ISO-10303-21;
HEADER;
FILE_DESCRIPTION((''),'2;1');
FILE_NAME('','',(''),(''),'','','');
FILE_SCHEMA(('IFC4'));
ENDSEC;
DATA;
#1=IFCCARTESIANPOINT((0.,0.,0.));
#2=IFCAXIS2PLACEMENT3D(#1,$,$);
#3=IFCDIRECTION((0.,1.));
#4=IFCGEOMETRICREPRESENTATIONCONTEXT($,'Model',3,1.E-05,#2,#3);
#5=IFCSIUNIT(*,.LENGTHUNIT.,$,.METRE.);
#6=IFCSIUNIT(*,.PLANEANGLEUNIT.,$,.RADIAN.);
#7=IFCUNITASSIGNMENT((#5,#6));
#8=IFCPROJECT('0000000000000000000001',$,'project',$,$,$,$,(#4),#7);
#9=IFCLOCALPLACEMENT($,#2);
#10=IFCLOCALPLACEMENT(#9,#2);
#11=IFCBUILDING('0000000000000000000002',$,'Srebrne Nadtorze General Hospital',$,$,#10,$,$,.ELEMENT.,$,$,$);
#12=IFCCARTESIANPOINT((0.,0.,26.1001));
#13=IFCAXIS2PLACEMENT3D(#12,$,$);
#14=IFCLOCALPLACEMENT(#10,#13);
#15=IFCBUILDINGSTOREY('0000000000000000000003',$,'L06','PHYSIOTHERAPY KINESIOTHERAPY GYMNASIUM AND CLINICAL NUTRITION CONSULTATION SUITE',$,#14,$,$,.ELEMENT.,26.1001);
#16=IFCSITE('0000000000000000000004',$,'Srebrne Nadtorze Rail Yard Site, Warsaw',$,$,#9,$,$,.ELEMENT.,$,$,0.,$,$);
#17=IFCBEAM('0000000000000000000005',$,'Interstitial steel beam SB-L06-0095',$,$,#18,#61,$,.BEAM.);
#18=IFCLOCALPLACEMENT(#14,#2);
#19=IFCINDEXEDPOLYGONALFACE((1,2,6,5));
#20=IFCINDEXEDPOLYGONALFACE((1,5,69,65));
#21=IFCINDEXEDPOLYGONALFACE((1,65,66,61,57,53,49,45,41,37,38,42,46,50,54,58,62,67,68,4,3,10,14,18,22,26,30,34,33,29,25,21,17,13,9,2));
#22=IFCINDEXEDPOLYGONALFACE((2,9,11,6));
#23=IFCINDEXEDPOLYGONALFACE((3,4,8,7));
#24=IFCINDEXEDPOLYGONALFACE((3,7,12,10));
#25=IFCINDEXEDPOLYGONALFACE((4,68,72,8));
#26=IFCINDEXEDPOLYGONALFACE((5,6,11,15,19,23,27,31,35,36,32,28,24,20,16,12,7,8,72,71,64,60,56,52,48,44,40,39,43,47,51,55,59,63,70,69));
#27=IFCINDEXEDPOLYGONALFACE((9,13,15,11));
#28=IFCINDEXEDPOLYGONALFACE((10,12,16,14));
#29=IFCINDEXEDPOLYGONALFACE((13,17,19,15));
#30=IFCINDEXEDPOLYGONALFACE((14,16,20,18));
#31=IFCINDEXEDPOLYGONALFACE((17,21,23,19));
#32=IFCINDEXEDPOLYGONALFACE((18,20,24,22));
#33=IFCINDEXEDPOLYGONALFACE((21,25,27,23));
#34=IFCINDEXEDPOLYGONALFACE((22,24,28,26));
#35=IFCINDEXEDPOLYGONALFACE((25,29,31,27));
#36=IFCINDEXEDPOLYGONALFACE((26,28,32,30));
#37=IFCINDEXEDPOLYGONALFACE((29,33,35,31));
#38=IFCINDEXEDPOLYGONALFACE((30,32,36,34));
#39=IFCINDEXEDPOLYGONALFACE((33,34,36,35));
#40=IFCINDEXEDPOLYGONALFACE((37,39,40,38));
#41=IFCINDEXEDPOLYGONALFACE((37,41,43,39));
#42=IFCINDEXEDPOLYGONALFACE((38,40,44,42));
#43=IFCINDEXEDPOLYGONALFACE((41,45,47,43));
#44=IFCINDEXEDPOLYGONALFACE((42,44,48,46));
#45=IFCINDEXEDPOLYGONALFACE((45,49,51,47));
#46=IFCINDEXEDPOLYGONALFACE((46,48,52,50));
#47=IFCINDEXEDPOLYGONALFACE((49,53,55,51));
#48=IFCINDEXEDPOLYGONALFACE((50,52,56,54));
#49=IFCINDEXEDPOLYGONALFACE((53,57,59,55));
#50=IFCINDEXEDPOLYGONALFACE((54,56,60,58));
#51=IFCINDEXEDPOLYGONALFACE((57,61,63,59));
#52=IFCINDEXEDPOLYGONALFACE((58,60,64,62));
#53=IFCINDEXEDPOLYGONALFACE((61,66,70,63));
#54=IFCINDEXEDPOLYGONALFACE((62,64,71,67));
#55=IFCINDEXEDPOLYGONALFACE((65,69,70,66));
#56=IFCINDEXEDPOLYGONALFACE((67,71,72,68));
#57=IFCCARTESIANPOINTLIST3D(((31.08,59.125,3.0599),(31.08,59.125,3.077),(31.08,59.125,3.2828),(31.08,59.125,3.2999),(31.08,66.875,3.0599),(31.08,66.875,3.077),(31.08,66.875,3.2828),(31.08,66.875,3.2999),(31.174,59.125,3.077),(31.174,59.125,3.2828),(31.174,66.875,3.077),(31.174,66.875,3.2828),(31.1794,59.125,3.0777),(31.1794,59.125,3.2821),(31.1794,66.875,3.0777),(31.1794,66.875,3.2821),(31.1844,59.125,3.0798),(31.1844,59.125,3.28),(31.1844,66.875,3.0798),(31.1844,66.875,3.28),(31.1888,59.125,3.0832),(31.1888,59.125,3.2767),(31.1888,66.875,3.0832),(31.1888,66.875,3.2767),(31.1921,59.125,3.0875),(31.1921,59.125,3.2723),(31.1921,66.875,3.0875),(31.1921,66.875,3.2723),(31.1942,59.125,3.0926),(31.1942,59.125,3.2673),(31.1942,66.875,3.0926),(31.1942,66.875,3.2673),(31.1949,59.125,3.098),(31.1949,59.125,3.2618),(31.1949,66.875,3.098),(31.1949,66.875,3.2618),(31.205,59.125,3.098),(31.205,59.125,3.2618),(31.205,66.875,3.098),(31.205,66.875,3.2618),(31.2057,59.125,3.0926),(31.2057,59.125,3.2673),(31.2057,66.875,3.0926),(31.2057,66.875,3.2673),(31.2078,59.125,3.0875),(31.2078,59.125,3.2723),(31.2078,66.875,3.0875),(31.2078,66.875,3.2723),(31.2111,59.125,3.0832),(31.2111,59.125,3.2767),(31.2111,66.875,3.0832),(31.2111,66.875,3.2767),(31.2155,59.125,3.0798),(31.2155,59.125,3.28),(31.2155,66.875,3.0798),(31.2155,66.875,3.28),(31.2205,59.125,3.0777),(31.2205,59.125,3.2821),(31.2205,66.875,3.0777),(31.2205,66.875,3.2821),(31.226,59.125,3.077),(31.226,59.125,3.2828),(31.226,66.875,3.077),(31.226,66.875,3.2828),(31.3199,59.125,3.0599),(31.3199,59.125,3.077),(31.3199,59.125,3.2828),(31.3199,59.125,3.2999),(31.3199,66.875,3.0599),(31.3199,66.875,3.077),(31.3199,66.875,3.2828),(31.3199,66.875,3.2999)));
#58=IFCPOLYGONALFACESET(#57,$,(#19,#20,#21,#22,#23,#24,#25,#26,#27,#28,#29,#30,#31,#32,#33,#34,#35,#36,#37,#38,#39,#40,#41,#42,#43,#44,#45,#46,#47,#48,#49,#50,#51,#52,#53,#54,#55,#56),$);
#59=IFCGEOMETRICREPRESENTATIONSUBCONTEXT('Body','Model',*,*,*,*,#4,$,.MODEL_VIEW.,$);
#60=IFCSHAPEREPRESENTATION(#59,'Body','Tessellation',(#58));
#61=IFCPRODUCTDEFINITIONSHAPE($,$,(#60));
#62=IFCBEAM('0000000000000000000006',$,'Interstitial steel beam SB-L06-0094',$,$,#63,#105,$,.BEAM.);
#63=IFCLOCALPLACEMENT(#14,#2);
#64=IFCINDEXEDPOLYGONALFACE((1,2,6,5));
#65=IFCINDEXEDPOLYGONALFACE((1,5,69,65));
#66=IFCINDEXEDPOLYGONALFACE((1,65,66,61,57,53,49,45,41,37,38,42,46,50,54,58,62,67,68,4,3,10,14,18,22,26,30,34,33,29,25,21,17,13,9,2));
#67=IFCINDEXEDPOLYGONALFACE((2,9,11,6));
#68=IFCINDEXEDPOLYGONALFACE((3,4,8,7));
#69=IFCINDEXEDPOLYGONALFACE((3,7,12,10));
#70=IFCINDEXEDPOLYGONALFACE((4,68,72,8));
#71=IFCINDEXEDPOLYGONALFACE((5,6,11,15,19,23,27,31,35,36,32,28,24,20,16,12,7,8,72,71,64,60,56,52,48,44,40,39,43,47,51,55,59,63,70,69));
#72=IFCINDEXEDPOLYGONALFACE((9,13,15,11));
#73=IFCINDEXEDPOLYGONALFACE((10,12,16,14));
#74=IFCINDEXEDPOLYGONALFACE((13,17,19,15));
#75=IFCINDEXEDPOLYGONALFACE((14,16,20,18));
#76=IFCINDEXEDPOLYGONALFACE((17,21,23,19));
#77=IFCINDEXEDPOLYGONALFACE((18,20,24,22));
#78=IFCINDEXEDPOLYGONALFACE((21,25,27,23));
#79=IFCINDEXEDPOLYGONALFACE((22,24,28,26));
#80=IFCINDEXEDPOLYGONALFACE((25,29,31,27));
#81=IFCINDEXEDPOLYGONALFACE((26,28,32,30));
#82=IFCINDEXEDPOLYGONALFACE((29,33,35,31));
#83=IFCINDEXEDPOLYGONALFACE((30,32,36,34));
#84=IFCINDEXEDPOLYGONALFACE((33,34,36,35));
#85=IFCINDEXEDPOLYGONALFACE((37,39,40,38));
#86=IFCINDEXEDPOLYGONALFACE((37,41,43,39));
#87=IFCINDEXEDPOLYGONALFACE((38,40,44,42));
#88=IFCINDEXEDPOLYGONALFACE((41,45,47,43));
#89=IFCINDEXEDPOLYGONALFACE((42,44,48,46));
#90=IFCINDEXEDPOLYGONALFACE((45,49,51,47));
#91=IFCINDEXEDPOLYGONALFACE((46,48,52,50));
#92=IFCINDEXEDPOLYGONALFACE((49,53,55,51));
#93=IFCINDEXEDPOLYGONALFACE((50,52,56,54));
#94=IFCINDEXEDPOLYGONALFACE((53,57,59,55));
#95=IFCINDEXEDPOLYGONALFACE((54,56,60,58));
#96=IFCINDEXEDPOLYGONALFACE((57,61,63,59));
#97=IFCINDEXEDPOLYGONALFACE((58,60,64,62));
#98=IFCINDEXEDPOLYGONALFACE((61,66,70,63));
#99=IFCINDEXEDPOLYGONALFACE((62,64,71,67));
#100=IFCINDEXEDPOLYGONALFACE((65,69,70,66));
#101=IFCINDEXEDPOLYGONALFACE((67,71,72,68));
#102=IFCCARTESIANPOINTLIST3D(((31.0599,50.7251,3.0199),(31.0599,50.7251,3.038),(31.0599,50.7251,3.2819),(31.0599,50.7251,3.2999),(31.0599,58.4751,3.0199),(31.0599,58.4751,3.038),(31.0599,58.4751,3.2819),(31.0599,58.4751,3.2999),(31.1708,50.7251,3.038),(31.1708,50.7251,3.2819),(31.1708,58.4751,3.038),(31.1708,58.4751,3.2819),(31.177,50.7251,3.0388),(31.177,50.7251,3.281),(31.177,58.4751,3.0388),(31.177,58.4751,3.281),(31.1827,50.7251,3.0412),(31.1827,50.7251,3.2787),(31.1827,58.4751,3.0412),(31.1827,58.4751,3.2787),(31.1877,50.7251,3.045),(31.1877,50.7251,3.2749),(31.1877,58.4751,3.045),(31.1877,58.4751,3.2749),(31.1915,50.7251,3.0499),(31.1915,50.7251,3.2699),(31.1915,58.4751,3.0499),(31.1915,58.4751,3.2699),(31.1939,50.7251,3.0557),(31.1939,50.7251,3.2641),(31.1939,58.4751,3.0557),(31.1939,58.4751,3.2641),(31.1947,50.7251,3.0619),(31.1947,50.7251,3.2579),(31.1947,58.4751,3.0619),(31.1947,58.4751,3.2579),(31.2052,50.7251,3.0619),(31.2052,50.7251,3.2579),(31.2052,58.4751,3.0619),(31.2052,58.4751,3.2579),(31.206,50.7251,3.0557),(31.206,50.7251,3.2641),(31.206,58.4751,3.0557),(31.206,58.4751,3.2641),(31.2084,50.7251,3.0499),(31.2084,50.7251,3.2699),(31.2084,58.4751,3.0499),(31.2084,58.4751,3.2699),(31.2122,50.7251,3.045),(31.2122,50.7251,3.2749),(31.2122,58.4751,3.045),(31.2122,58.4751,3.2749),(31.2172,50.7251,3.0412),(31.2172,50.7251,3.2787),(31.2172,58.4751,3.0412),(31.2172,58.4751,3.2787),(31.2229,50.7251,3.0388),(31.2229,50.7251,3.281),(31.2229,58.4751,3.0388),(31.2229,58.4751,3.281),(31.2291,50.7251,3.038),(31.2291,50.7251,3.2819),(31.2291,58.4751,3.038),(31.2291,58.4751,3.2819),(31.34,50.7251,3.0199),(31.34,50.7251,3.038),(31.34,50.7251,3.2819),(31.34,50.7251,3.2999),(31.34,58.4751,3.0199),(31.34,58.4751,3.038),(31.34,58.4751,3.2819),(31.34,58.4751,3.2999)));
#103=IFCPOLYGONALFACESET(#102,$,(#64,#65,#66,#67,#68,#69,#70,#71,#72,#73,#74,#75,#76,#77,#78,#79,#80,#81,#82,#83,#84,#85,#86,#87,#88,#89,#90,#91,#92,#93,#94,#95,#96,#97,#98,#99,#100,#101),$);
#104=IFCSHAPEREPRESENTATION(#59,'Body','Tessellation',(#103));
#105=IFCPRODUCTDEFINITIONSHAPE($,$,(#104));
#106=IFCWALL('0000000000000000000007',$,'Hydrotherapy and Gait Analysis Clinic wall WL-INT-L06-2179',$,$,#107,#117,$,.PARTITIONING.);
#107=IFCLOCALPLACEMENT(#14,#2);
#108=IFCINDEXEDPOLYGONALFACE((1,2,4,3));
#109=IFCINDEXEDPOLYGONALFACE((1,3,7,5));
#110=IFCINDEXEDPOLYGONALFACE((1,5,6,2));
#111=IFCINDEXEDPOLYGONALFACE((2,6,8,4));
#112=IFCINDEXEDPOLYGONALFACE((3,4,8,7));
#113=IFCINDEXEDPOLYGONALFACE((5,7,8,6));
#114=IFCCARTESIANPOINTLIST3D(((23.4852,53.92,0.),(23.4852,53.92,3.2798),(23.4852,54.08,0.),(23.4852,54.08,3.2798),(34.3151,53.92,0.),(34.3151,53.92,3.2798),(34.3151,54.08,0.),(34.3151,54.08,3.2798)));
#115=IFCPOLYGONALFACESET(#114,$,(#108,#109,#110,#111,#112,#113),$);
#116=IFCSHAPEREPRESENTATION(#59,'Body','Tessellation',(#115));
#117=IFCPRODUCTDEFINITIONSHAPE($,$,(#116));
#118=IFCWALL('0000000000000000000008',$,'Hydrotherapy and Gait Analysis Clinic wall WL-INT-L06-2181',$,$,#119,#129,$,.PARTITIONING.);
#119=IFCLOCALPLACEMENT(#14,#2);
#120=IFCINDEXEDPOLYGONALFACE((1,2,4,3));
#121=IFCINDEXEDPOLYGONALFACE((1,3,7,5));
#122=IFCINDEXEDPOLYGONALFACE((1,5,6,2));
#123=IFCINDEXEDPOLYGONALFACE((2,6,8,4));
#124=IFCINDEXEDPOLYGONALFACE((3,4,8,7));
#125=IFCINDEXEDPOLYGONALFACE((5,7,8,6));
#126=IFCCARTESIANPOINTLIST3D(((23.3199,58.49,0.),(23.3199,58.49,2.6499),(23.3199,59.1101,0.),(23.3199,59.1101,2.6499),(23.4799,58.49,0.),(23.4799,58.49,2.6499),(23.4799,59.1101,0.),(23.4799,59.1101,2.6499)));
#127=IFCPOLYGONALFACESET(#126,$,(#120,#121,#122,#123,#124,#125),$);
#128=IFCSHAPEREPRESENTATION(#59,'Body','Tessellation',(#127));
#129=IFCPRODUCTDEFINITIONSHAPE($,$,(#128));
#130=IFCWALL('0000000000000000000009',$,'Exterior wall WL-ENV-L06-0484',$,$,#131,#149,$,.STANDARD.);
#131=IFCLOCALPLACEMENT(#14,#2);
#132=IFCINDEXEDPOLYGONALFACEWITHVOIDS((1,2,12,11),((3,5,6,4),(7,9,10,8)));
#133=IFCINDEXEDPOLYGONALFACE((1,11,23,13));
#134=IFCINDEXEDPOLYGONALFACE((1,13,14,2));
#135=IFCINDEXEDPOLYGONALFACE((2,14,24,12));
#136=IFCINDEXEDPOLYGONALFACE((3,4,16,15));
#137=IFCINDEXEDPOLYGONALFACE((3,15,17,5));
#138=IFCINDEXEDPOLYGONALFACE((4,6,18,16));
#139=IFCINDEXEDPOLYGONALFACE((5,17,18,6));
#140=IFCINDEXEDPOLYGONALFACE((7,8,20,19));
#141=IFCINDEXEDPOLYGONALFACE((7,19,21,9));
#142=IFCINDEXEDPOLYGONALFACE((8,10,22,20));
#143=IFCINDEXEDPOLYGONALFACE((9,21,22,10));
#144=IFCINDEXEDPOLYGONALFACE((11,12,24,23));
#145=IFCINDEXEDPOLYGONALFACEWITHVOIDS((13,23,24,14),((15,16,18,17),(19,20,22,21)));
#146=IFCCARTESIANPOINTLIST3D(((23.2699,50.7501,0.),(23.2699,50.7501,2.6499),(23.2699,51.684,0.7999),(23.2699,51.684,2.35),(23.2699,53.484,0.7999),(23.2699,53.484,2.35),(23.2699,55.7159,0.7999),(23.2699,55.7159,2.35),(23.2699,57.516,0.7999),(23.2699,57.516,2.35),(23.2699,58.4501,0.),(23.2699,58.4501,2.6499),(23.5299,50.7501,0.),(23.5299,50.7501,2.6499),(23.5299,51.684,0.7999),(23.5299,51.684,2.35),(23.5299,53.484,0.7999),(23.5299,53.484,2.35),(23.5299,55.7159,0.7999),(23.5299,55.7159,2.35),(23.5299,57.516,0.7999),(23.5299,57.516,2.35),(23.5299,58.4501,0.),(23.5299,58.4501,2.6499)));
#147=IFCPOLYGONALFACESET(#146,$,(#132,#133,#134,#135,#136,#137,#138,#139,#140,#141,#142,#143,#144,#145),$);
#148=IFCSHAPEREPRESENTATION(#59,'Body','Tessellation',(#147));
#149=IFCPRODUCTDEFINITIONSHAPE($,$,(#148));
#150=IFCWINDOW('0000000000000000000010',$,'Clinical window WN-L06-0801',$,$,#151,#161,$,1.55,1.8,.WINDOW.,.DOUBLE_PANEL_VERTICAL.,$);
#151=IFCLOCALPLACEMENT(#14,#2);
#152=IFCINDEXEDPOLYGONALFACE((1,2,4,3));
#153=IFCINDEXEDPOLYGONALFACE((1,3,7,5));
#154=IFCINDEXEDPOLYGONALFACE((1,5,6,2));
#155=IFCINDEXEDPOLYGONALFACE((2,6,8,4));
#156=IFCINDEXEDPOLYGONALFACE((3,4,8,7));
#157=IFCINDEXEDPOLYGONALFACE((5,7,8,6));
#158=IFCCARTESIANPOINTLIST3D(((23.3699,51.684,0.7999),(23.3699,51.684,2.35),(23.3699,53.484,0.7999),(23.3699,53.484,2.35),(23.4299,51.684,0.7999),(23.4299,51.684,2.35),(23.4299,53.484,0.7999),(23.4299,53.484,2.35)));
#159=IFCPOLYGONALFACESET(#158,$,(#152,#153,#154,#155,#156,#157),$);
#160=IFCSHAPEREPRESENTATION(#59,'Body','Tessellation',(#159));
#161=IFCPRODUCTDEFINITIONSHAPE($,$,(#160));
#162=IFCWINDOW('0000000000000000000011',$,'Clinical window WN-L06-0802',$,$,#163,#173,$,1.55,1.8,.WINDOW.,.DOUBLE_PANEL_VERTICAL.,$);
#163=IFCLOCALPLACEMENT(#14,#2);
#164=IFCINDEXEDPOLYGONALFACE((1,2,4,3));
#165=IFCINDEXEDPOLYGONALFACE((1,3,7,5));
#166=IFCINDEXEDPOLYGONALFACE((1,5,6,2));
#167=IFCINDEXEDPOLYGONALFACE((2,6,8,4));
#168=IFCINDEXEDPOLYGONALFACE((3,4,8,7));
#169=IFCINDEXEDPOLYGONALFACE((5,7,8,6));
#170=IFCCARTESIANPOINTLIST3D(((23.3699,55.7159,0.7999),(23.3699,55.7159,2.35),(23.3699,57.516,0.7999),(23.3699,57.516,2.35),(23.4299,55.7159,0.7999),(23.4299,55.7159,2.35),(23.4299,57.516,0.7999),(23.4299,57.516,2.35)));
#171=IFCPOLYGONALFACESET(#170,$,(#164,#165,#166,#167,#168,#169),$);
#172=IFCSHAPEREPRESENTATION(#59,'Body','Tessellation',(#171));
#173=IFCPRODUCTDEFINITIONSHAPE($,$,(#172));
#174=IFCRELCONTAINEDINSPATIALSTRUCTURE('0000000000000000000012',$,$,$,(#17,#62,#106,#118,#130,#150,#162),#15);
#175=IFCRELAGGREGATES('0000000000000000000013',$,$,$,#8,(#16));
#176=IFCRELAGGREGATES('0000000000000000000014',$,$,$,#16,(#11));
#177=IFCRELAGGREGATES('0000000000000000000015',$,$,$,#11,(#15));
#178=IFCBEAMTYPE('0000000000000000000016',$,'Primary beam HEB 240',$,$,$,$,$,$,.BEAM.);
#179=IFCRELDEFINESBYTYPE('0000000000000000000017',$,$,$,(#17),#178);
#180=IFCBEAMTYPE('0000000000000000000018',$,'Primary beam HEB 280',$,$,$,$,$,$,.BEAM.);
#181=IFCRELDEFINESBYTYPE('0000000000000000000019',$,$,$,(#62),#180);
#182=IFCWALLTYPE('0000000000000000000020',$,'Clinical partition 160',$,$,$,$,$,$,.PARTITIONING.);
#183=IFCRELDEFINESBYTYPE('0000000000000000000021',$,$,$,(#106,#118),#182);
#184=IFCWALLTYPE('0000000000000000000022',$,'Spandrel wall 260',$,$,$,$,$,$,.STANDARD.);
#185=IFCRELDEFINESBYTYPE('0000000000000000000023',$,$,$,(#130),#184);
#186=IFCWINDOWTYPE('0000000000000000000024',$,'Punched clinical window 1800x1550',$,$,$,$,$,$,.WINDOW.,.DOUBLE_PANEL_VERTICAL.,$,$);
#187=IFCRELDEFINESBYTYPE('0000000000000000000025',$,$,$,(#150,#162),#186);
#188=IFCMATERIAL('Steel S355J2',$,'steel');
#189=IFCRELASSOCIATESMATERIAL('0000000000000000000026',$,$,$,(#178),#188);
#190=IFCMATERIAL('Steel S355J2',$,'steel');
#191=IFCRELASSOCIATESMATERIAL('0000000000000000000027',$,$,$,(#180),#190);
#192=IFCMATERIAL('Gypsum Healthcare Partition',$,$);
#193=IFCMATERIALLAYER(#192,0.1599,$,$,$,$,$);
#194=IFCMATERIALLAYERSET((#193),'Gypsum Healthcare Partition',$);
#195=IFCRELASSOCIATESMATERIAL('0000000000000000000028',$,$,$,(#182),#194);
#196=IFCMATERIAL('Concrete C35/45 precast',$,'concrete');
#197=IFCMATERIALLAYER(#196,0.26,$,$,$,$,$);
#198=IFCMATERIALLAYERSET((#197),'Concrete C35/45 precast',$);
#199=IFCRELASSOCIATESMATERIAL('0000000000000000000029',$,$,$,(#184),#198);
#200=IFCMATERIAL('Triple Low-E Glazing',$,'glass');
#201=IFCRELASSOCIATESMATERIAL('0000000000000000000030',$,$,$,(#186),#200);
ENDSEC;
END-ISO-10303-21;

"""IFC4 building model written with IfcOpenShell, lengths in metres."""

from ifc_helpers import new_model, si_unit, direction, frame, frame_2d, origin, origin_2d, place, context, subcontext, project, spatial, rectangle, i_section, extrude, material, layer, layer_set, material_profile, profile_set, type_object, element, fill, save


model = new_model("IFC4")

# Units and contexts
model_context = context("Model", 3, precision=1e-05, world=origin(), true_north=direction((0.0, 1.0)))
body_context = subcontext(model_context, "Body", "Model", "MODEL_VIEW")
ifc_project = project(units=[si_unit("LENGTHUNIT", "METRE"), si_unit("PLANEANGLEUNIT", "RADIAN")], contexts=[model_context])

# Site, building, storey
site_placement = place(None, origin())
site = spatial("IfcSite", under=ifc_project, at=site_placement, Name="Srebrne Nadtorze Rail Yard Site, Warsaw", CompositionType="ELEMENT", RefElevation=0.0)
building_placement = place(site_placement, origin())
building = spatial("IfcBuilding", under=site, at=building_placement, Name="Srebrne Nadtorze General Hospital", CompositionType="ELEMENT")
storey_placement = place(building_placement, frame((0.0, 0.0, 26.1001)))
storey = spatial("IfcBuildingStorey", under=building, at=storey_placement, Name="L06", Description="PHYSIOTHERAPY KINESIOTHERAPY GYMNASIUM AND CLINICAL NUTRITION CONSULTATION SUITE", CompositionType="ELEMENT", Elevation=26.1001)

# Beams
ifc_material_1 = material(Name="Steel S355J2", Category="steel")
ifc_material_profile_1 = material_profile(ifc_material_1, i_section(OverallWidth=0.24, OverallDepth=0.24, WebThickness=0.01, FlangeThickness=0.0171, FilletRadius=0.021, at=origin_2d()), Name="HEB-240")
ifc_profile_set_1 = profile_set([ifc_material_profile_1], Name="Steel S355J2")
beam_type_1 = type_object("IfcBeamType", Name="Primary beam HEB 240", PredefinedType="BEAM", material=ifc_profile_set_1)
beam_1_placement = place(storey_placement, frame((31.2, 59.125, 3.1799), z_axis=(0.0, 1.0, 0.0), x_axis=(-1.0, 0.0, 0.0)))
element("IfcBeam", 1, at=beam_1_placement, inside=storey, type_object=beam_type_1, Name="Interstitial steel beam SB-L06-0095", PredefinedType="BEAM", context=body_context, shape_type="SweptSolid", body=[
    extrude(i_section(OverallWidth=0.24, OverallDepth=0.24, WebThickness=0.01, FlangeThickness=0.0171, FilletRadius=0.021, at=origin_2d()), origin(), (0.0, 0.0, 1.0), 7.75),
])
ifc_material_2 = material(Name="Steel S355J2", Category="steel")
ifc_material_profile_2 = material_profile(ifc_material_2, i_section(OverallWidth=0.28, OverallDepth=0.28, WebThickness=0.0105, FlangeThickness=0.0181, FilletRadius=0.0239, at=origin_2d()), Name="HEB-280")
ifc_profile_set_2 = profile_set([ifc_material_profile_2], Name="Steel S355J2")
beam_type_2 = type_object("IfcBeamType", Name="Primary beam HEB 280", PredefinedType="BEAM", material=ifc_profile_set_2)
beam_2_placement = place(storey_placement, frame((31.2, 50.7251, 3.1599), z_axis=(0.0, 1.0, 0.0), x_axis=(-1.0, 0.0, 0.0)))
element("IfcBeam", 2, at=beam_2_placement, inside=storey, type_object=beam_type_2, Name="Interstitial steel beam SB-L06-0094", PredefinedType="BEAM", context=body_context, shape_type="SweptSolid", body=[
    extrude(i_section(OverallWidth=0.28, OverallDepth=0.28, WebThickness=0.0105, FlangeThickness=0.0181, FilletRadius=0.0239, at=origin_2d()), origin(), (0.0, 0.0, 1.0), 7.75),
])

# Walls
ifc_material_3 = material(Name="Gypsum Healthcare Partition")
ifc_layer_1 = layer(ifc_material_3, 0.1599)
ifc_layer_set_1 = layer_set([ifc_layer_1], Name="Gypsum Healthcare Partition")
wall_type_1 = type_object("IfcWallType", Name="Clinical partition 160", PredefinedType="PARTITIONING", material=ifc_layer_set_1)
wall_1_placement = place(storey_placement, frame((23.4851, 54.0, 0.0), z_axis=(0.0, 0.0, 1.0), x_axis=(1.0, 0.0, 0.0)))
element("IfcWall", 3, at=wall_1_placement, inside=storey, type_object=wall_type_1, Name="Hydrotherapy and Gait Analysis Clinic wall WL-INT-L06-2179", PredefinedType="PARTITIONING", context=body_context, shape_type="SweptSolid", body=[
    extrude(rectangle(XDim=10.8298, YDim=0.1599, at=frame_2d((5.415, 0.0))), origin(), (0.0, 0.0, 1.0), 3.2798),
])
wall_2_placement = place(storey_placement, frame((23.3999, 58.49, 0.0), z_axis=(0.0, 0.0, 1.0), x_axis=(0.0, 1.0, 0.0)))
element("IfcWall", 4, at=wall_2_placement, inside=storey, type_object=wall_type_1, Name="Hydrotherapy and Gait Analysis Clinic wall WL-INT-L06-2181", PredefinedType="PARTITIONING", context=body_context, shape_type="SweptSolid", body=[
    extrude(rectangle(XDim=0.6201, YDim=0.1599, at=frame_2d((0.3101, 0.0))), origin(), (0.0, 0.0, 1.0), 2.6499),
])

# Wall, openings, windows
ifc_material_4 = material(Name="Concrete C35/45 precast", Category="concrete")
ifc_layer_2 = layer(ifc_material_4, 0.26)
ifc_layer_set_2 = layer_set([ifc_layer_2], Name="Concrete C35/45 precast")
wall_type_2 = type_object("IfcWallType", Name="Spandrel wall 260", PredefinedType="STANDARD", material=ifc_layer_set_2)
wall_3_placement = place(storey_placement, frame((23.3999, 50.75, 0.0), z_axis=(0.0, 0.0, 1.0), x_axis=(0.0, 1.0, 0.0)))
wall_3 = element("IfcWall", 5, at=wall_3_placement, inside=storey, type_object=wall_type_2, Name="Exterior wall WL-ENV-L06-0484", PredefinedType="STANDARD", context=body_context, shape_type="SweptSolid", body=[
    extrude(rectangle(XDim=7.7, YDim=0.26, at=frame_2d((3.8501, 0.0))), origin(), (0.0, 0.0, 1.0), 2.6499),
])
opening_1_placement = place(wall_3_placement, frame((0.9341, 0.0, 0.8)))
opening_1 = element("IfcOpeningElement", 6, at=opening_1_placement, cuts=wall_3, PredefinedType="OPENING", context=body_context, shape_type="SweptSolid", body=[
    extrude(rectangle(XDim=1.8, YDim=1.55, at=frame_2d((0.8999, 0.7749))), frame((0.0, 0.1421, 0.0), z_axis=(0.0, -1.0, 0.0), x_axis=(1.0, 0.0, 0.0)), (0.0, 0.0, 1.0), 0.2839),
])
opening_2_placement = place(wall_3_placement, frame((4.9661, 0.0, 0.8)))
opening_2 = element("IfcOpeningElement", 7, at=opening_2_placement, cuts=wall_3, PredefinedType="OPENING", context=body_context, shape_type="SweptSolid", body=[
    extrude(rectangle(XDim=1.8, YDim=1.55, at=frame_2d((0.8999, 0.7749))), frame((0.0, 0.1421, 0.0), z_axis=(0.0, -1.0, 0.0), x_axis=(1.0, 0.0, 0.0)), (0.0, 0.0, 1.0), 0.2839),
])
ifc_material_5 = material(Name="Triple Low-E Glazing", Category="glass")
window_type_1 = type_object("IfcWindowType", Name="Punched clinical window 1800x1550", PartitioningType="DOUBLE_PANEL_VERTICAL", PredefinedType="WINDOW", material=ifc_material_5)
window_1_placement = place(opening_1_placement, origin())
window_1 = element("IfcWindow", 8, at=window_1_placement, inside=storey, type_object=window_type_1, Name="Clinical window WN-L06-0801", OverallHeight=1.55, OverallWidth=1.8, PartitioningType="DOUBLE_PANEL_VERTICAL", PredefinedType="WINDOW", context=body_context, shape_type="SweptSolid", body=[
    extrude(rectangle(XDim=1.8, YDim=1.55, at=frame_2d((0.8999, 0.7749))), frame((0.0, 0.03, 0.0), z_axis=(0.0, -1.0, 0.0), x_axis=(1.0, 0.0, 0.0)), (0.0, 0.0, 1.0), 0.0601),
])
fill(opening_1, window_1)
window_2_placement = place(opening_2_placement, origin())
window_2 = element("IfcWindow", 9, at=window_2_placement, inside=storey, type_object=window_type_1, Name="Clinical window WN-L06-0802", OverallHeight=1.55, OverallWidth=1.8, PartitioningType="DOUBLE_PANEL_VERTICAL", PredefinedType="WINDOW", context=body_context, shape_type="SweptSolid", body=[
    extrude(rectangle(XDim=1.8, YDim=1.55, at=frame_2d((0.8999, 0.7749))), frame((0.0, 0.03, 0.0), z_axis=(0.0, -1.0, 0.0), x_axis=(1.0, 0.0, 0.0)), (0.0, 0.0, 1.0), 0.0601),
])
fill(opening_2, window_2)

save(model, "model.ifc")
